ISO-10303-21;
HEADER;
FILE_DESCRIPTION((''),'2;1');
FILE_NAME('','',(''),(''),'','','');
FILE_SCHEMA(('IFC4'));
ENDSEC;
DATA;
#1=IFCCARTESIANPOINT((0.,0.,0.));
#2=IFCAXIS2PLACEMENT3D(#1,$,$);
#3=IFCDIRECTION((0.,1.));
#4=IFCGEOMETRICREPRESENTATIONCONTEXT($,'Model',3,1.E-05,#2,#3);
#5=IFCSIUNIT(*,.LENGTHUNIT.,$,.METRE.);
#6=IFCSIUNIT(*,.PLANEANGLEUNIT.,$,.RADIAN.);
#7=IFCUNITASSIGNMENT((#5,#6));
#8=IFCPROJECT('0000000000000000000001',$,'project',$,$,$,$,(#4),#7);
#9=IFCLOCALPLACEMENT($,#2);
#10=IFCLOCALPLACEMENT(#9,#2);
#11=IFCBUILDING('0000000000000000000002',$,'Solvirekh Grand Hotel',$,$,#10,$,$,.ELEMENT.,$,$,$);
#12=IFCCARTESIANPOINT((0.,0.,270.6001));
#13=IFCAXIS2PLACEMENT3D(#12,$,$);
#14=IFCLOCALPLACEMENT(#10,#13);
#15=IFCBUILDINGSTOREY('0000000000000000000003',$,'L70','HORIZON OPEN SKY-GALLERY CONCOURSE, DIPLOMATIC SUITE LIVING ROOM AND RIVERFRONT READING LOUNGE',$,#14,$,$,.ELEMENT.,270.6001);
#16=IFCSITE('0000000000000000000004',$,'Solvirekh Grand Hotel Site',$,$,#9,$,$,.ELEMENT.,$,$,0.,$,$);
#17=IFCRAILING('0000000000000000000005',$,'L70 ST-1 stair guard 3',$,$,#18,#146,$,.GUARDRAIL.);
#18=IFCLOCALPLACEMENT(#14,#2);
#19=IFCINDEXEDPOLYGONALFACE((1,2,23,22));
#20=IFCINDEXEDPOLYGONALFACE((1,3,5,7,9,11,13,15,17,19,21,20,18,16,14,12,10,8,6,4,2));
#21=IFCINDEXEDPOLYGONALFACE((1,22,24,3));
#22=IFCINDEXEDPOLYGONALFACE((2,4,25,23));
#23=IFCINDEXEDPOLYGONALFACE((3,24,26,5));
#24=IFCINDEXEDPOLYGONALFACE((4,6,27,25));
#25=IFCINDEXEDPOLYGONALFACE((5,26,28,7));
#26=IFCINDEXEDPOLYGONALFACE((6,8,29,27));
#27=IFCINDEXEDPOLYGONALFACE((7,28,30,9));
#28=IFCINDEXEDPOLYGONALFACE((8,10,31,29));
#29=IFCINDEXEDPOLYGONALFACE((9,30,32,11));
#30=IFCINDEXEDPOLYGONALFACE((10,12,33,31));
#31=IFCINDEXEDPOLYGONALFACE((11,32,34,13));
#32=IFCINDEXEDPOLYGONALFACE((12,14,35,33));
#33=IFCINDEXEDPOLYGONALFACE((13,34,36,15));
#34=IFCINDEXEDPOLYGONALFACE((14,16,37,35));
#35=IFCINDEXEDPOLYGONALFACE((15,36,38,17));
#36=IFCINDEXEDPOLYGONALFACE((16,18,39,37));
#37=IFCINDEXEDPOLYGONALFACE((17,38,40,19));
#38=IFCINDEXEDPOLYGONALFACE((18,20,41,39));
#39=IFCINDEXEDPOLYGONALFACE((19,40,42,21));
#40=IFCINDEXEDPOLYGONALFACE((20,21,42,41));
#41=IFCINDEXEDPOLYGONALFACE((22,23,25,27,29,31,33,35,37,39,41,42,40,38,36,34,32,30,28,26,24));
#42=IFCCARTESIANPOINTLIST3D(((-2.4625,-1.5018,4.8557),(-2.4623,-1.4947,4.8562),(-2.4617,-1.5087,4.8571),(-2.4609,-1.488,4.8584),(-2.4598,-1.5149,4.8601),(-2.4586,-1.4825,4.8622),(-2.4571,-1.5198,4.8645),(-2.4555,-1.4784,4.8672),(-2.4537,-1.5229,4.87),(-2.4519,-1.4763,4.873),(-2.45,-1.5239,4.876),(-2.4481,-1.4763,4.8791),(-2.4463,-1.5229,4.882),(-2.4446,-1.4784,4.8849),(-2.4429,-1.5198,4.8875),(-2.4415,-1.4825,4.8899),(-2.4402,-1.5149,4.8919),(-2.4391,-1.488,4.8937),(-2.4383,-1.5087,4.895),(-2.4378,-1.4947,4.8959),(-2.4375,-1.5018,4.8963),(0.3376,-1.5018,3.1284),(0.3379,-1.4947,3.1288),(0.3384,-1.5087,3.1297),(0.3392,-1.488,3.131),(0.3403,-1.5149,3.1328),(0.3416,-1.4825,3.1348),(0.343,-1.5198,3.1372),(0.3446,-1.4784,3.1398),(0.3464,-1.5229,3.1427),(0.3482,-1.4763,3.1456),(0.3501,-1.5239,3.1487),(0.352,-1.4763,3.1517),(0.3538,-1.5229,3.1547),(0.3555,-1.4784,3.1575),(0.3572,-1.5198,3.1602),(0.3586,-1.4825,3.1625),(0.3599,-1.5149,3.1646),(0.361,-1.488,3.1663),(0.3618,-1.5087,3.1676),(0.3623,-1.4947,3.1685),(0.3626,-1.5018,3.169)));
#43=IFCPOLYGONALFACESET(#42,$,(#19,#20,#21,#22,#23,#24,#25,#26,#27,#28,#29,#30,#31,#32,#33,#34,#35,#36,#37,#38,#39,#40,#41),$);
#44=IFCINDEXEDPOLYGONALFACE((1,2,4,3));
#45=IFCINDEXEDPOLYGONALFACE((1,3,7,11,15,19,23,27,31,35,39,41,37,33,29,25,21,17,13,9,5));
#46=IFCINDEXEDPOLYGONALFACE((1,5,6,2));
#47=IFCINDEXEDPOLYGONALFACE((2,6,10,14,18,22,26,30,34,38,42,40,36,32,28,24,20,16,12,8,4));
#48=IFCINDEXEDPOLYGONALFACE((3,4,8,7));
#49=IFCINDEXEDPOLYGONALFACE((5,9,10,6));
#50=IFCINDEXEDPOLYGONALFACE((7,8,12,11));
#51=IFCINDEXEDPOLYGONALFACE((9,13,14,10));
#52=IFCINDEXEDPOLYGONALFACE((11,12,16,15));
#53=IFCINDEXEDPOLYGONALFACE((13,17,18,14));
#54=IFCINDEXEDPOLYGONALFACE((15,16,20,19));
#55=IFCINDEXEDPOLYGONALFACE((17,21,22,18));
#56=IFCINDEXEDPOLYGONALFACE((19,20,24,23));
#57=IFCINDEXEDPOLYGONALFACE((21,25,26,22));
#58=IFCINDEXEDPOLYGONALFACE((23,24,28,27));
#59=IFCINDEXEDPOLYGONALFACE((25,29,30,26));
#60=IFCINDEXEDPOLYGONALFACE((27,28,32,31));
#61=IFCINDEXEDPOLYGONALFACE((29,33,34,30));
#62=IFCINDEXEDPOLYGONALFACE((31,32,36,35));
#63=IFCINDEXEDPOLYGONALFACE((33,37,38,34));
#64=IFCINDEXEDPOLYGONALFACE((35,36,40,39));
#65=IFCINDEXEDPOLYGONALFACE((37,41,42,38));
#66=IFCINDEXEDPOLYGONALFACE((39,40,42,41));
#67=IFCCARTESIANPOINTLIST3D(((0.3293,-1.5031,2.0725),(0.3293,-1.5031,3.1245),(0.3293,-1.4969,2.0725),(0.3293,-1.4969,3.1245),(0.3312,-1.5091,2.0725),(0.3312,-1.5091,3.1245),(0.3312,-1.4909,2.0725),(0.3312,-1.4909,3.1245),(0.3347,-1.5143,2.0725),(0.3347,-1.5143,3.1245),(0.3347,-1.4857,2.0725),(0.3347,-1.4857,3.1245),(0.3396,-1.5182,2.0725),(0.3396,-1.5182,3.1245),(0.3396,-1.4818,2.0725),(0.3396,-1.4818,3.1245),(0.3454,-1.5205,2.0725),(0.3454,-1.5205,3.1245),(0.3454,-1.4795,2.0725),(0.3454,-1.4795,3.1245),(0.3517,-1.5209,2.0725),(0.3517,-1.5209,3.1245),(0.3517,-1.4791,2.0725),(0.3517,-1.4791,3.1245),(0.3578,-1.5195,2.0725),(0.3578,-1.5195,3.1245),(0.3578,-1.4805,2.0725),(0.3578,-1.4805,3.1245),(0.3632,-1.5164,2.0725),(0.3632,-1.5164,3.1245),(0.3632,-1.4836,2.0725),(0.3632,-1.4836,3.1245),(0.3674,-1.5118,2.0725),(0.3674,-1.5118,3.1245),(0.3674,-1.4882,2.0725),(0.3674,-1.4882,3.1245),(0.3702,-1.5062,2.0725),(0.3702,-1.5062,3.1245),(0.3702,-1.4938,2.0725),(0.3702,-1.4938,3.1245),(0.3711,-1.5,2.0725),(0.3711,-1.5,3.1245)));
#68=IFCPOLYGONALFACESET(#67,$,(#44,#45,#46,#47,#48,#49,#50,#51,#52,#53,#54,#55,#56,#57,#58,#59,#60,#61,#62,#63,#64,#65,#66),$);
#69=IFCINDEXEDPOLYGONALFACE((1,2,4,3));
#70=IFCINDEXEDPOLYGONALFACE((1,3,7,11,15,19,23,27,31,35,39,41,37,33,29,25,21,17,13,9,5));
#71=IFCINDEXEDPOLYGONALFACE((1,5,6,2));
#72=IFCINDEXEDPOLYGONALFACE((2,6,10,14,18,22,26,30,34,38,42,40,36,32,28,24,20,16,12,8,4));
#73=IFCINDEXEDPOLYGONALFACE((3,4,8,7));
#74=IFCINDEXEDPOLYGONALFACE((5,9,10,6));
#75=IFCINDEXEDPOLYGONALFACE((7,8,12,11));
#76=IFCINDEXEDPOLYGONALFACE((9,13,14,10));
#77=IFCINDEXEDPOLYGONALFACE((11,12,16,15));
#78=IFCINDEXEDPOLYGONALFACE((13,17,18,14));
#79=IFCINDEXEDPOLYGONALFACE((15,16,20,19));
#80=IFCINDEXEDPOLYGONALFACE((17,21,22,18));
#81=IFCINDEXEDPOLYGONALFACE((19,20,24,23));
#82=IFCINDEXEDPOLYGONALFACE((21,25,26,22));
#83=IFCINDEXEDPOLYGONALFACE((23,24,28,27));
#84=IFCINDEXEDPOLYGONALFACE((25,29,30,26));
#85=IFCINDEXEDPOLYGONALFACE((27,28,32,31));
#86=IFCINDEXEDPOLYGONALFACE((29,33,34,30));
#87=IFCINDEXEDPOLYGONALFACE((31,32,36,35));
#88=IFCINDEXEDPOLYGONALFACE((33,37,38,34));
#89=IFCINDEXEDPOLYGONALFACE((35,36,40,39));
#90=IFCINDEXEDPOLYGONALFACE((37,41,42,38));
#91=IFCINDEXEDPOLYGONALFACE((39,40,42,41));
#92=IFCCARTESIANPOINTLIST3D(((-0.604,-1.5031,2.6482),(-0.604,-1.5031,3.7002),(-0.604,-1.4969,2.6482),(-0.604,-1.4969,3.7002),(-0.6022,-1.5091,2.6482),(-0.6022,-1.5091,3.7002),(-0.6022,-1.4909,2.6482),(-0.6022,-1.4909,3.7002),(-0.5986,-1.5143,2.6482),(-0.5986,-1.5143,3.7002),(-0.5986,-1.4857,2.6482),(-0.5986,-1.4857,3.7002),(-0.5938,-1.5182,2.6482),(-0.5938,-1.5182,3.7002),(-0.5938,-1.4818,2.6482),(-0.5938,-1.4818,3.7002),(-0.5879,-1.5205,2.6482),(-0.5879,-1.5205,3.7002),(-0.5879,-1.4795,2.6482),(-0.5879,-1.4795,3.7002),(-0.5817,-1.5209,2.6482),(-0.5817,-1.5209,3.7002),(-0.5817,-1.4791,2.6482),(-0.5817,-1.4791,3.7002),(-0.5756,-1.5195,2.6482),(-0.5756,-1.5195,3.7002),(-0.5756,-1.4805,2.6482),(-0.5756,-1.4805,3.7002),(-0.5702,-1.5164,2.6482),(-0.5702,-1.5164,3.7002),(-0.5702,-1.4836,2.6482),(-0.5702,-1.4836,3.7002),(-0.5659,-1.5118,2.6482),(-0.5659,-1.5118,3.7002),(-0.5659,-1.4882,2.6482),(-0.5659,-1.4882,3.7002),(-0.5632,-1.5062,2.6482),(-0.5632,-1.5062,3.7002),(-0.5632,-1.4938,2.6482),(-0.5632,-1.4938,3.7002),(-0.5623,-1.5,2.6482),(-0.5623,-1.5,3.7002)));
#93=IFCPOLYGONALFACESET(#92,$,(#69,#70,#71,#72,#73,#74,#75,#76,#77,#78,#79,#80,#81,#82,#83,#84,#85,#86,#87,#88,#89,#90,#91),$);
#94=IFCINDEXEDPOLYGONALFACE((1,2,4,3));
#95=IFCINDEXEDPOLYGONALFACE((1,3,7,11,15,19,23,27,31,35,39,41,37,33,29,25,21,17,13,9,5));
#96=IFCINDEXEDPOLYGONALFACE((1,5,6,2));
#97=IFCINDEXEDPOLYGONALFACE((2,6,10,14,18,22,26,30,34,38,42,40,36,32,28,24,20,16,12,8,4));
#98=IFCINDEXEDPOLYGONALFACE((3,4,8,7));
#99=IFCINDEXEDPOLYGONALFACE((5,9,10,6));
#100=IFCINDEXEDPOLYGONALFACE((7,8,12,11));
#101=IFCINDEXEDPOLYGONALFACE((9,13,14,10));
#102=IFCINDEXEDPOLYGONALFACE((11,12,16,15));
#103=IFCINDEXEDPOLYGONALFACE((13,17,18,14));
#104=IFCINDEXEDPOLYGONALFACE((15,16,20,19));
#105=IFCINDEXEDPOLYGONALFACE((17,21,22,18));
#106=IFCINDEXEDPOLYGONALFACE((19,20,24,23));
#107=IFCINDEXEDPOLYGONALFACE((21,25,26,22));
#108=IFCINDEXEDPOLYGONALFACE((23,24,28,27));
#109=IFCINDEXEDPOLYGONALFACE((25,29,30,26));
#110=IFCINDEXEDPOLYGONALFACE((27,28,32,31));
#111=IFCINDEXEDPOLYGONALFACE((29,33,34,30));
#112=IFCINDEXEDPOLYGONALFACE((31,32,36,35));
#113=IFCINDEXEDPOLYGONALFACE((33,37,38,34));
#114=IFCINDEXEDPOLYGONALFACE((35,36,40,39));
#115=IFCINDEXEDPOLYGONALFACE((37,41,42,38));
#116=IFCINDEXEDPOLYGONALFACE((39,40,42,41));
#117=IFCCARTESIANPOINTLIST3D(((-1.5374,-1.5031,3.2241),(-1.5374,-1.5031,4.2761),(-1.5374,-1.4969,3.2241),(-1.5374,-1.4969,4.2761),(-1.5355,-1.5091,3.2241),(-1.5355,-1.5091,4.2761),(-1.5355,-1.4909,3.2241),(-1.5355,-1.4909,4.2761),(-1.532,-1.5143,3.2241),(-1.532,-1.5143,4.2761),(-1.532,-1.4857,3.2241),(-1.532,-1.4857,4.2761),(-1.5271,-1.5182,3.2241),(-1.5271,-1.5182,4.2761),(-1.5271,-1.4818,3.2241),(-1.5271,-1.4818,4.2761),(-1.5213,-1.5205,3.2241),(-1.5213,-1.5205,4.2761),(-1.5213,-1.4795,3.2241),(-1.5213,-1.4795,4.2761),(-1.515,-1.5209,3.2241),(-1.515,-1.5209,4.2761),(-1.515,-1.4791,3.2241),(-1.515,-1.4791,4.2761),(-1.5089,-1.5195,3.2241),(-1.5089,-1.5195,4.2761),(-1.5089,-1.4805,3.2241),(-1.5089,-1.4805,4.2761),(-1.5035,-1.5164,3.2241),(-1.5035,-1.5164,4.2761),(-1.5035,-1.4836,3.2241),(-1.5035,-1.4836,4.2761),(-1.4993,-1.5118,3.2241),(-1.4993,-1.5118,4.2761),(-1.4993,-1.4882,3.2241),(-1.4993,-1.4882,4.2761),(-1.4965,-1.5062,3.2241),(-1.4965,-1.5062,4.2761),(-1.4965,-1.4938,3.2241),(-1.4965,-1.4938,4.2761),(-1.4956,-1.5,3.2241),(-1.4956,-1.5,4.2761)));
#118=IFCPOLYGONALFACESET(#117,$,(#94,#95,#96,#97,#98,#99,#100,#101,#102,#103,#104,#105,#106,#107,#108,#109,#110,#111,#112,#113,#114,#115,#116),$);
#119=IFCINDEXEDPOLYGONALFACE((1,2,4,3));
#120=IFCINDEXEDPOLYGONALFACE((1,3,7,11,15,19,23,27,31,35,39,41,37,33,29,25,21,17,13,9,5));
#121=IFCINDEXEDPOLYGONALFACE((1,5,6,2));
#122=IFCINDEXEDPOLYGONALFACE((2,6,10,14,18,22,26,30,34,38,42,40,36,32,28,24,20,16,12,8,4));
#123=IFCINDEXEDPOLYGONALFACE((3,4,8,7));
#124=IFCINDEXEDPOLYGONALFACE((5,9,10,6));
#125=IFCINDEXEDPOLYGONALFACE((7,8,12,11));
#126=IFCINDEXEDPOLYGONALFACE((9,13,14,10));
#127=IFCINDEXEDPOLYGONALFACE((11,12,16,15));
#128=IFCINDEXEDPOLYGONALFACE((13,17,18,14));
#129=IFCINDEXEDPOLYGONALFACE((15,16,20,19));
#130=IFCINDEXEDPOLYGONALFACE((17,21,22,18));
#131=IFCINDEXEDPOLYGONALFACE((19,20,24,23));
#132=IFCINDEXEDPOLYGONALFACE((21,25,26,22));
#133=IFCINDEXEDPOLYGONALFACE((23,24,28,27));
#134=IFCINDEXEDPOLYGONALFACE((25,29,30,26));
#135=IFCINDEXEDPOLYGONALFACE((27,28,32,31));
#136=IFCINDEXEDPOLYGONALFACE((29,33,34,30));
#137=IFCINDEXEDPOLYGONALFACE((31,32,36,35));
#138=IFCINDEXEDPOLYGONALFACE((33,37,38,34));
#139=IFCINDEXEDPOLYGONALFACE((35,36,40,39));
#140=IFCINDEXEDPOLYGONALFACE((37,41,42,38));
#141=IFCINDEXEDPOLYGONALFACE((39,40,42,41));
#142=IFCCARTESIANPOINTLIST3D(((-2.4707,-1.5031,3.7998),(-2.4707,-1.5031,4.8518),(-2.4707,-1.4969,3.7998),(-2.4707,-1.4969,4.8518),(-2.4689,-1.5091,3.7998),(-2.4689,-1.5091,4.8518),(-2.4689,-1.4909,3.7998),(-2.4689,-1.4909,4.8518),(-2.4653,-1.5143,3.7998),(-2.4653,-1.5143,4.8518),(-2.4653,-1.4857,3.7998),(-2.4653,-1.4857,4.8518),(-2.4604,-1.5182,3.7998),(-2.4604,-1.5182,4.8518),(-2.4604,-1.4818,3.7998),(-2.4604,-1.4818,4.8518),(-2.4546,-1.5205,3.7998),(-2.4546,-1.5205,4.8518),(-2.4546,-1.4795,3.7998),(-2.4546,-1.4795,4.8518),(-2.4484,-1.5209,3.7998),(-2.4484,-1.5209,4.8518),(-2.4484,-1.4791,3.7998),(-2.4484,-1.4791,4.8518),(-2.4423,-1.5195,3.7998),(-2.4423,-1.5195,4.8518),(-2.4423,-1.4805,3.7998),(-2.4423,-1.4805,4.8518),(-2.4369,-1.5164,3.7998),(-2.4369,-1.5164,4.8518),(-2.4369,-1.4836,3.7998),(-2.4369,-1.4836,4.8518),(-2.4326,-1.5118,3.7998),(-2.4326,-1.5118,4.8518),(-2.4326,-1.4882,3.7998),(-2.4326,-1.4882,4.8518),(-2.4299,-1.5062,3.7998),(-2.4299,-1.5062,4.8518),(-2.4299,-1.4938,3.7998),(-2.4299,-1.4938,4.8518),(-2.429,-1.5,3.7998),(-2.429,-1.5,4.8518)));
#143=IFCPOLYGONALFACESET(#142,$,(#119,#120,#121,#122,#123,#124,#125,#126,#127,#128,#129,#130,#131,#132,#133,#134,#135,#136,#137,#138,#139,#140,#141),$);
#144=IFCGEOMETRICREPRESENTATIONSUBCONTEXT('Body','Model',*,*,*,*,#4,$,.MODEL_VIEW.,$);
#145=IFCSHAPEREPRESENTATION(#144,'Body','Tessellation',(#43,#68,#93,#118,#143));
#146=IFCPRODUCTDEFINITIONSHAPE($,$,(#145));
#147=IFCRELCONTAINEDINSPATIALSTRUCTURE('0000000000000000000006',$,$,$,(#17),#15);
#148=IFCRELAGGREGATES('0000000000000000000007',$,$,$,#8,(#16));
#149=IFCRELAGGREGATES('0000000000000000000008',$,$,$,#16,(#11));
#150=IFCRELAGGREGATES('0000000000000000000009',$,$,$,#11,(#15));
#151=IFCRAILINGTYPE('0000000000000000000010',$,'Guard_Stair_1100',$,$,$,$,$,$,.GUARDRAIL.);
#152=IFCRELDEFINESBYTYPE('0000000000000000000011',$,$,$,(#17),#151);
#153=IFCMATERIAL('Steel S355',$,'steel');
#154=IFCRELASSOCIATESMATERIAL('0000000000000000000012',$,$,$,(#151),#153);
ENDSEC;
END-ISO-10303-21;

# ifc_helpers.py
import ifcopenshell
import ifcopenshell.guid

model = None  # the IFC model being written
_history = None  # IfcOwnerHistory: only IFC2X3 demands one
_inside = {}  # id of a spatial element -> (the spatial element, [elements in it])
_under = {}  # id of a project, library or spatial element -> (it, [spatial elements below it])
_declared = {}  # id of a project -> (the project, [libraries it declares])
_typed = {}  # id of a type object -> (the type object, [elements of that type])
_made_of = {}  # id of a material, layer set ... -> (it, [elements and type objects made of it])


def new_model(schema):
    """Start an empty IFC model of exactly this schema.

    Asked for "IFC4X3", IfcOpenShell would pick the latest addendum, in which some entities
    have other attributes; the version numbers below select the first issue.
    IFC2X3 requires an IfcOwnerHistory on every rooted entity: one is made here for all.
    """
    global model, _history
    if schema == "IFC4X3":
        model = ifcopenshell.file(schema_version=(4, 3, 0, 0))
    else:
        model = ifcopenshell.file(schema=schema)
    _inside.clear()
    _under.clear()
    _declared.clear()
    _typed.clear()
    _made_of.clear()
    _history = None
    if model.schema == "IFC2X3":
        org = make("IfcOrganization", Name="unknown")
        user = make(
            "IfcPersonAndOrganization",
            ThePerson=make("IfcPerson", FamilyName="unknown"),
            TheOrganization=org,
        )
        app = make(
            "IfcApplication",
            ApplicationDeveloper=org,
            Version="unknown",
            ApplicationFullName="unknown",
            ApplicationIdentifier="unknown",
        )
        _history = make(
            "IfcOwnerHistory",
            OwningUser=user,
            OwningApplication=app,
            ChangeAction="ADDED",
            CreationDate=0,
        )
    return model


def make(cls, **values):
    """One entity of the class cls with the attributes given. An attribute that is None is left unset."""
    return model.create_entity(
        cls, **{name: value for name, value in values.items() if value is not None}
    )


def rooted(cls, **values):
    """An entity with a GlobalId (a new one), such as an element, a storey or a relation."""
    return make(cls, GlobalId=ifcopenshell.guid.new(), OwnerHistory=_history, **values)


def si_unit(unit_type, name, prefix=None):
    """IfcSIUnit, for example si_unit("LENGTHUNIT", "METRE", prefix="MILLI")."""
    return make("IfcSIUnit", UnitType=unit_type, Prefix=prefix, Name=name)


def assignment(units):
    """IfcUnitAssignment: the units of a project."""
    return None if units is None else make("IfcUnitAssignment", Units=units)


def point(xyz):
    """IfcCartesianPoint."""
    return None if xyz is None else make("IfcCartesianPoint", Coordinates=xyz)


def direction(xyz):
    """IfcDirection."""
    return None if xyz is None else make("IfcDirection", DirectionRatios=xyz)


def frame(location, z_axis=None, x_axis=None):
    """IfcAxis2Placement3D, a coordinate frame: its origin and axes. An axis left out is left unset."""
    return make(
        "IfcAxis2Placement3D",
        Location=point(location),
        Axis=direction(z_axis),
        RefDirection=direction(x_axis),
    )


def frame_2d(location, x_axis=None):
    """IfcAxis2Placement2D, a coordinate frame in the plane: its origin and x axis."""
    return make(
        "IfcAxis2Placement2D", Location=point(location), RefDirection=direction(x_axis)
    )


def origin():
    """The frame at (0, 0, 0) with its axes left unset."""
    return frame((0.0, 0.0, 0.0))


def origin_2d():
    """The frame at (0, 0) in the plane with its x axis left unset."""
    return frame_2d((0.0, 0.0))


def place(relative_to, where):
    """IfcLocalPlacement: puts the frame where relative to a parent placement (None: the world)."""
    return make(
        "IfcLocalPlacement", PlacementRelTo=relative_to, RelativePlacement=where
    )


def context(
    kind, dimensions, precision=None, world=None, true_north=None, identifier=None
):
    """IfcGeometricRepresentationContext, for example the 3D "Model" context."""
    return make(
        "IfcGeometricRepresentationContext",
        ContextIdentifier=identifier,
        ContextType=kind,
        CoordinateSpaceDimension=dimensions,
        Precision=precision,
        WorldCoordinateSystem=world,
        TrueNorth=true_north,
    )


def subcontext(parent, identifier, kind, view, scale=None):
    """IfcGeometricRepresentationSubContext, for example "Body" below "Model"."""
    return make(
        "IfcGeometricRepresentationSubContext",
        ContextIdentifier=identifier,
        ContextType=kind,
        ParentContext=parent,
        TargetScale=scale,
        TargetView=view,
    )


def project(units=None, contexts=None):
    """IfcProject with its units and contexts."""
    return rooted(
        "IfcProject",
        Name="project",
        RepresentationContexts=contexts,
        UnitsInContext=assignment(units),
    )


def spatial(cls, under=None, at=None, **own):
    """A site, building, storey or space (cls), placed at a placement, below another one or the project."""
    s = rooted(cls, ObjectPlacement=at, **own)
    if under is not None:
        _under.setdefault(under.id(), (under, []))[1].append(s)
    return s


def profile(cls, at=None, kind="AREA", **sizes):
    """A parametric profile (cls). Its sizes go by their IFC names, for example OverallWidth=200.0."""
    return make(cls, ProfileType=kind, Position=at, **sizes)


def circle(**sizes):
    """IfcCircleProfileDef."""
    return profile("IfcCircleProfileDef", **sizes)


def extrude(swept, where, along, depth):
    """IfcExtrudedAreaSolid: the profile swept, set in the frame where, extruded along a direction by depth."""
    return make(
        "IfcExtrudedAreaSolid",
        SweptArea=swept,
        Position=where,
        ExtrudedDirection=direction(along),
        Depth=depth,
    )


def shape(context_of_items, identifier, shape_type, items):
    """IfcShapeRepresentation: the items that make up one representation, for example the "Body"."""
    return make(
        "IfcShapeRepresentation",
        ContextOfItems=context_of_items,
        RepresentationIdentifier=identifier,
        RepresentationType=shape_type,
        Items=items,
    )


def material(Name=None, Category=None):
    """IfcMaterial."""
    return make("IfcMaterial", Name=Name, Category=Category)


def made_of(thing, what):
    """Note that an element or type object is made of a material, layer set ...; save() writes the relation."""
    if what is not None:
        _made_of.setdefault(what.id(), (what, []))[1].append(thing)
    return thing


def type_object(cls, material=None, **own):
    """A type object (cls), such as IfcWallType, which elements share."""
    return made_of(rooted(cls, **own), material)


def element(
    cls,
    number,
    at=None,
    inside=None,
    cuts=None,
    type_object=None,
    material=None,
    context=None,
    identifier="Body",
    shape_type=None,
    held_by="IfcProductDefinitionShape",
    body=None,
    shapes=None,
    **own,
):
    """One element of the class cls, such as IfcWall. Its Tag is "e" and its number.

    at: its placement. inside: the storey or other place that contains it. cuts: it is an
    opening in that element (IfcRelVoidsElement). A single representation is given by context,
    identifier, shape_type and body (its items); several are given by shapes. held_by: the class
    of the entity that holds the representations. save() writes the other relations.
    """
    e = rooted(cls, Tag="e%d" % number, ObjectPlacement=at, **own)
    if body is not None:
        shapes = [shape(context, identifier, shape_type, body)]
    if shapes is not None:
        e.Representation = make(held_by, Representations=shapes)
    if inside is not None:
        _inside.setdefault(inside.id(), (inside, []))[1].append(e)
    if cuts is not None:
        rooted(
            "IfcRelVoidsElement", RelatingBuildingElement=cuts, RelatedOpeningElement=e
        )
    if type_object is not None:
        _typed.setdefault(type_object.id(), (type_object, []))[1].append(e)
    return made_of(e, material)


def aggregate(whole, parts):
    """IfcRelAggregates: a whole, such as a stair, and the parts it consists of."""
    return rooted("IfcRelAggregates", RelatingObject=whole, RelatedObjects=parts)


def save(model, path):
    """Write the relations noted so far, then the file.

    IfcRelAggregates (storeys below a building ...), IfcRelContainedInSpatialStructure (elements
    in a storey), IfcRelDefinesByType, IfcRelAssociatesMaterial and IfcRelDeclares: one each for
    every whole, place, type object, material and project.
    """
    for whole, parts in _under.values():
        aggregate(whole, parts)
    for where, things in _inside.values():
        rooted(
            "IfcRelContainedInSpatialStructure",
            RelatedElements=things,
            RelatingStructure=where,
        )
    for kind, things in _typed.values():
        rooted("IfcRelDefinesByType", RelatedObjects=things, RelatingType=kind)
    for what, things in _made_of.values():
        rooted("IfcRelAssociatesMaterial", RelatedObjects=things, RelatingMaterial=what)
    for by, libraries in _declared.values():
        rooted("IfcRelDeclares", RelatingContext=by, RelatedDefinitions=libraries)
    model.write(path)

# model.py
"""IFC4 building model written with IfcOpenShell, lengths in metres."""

from ifc_helpers import new_model, si_unit, direction, frame, origin, origin_2d, place, context, subcontext, project, spatial, circle, extrude, material, type_object, element, save


model = new_model("IFC4")

# Units and contexts
model_context = context("Model", 3, precision=1e-05, world=origin(), true_north=direction((0.0, 1.0)))
body_context = subcontext(model_context, "Body", "Model", "MODEL_VIEW")
ifc_project = project(units=[si_unit("LENGTHUNIT", "METRE"), si_unit("PLANEANGLEUNIT", "RADIAN")], contexts=[model_context])

# Site, building, storey
site_placement = place(None, origin())
site = spatial("IfcSite", under=ifc_project, at=site_placement, Name="Solvirekh Grand Hotel Site", CompositionType="ELEMENT", RefElevation=0.0)
building_placement = place(site_placement, origin())
building = spatial("IfcBuilding", under=site, at=building_placement, Name="Solvirekh Grand Hotel", CompositionType="ELEMENT")
storey_placement = place(building_placement, frame((0.0, 0.0, 270.6001)))
storey = spatial("IfcBuildingStorey", under=building, at=storey_placement, Name="L70", Description="HORIZON OPEN SKY-GALLERY CONCOURSE, DIPLOMATIC SUITE LIVING ROOM AND RIVERFRONT READING LOUNGE", CompositionType="ELEMENT", Elevation=270.6001)

# Shared definitions
ifc_material_1 = material(Name="Steel S355", Category="steel")

# Railing
railing_type_1 = type_object("IfcRailingType", Name="Guard_Stair_1100", PredefinedType="GUARDRAIL", material=ifc_material_1)
railing_1_placement = place(storey_placement, frame((0.3501, -1.5, 2.0725)))
element("IfcRailing", 1, at=railing_1_placement, inside=storey, type_object=railing_type_1, Name="L70 ST-1 stair guard 3", PredefinedType="GUARDRAIL", context=body_context, shape_type="SweptSolid", body=[
    extrude(circle(Radius=0.0239, at=origin_2d()), frame((0.0, 0.0, 1.0762), z_axis=(-0.85109, 0.0, 0.52502), x_axis=(0.0, -1.0, 0.0)), (0.0, 0.0, 1.0), 3.29),
    extrude(circle(Radius=0.021, at=origin_2d()), origin(), (0.0, 0.0, 1.0), 1.052),
    extrude(circle(Radius=0.021, at=origin_2d()), frame((-0.9333, 0.0, 0.5757)), (0.0, 0.0, 1.0), 1.052),
    extrude(circle(Radius=0.021, at=origin_2d()), frame((-1.8667, 0.0, 1.1516)), (0.0, 0.0, 1.0), 1.052),
    extrude(circle(Radius=0.021, at=origin_2d()), frame((-2.8, 0.0, 1.7273)), (0.0, 0.0, 1.0), 1.052),
])

save(model, "model.ifc")
